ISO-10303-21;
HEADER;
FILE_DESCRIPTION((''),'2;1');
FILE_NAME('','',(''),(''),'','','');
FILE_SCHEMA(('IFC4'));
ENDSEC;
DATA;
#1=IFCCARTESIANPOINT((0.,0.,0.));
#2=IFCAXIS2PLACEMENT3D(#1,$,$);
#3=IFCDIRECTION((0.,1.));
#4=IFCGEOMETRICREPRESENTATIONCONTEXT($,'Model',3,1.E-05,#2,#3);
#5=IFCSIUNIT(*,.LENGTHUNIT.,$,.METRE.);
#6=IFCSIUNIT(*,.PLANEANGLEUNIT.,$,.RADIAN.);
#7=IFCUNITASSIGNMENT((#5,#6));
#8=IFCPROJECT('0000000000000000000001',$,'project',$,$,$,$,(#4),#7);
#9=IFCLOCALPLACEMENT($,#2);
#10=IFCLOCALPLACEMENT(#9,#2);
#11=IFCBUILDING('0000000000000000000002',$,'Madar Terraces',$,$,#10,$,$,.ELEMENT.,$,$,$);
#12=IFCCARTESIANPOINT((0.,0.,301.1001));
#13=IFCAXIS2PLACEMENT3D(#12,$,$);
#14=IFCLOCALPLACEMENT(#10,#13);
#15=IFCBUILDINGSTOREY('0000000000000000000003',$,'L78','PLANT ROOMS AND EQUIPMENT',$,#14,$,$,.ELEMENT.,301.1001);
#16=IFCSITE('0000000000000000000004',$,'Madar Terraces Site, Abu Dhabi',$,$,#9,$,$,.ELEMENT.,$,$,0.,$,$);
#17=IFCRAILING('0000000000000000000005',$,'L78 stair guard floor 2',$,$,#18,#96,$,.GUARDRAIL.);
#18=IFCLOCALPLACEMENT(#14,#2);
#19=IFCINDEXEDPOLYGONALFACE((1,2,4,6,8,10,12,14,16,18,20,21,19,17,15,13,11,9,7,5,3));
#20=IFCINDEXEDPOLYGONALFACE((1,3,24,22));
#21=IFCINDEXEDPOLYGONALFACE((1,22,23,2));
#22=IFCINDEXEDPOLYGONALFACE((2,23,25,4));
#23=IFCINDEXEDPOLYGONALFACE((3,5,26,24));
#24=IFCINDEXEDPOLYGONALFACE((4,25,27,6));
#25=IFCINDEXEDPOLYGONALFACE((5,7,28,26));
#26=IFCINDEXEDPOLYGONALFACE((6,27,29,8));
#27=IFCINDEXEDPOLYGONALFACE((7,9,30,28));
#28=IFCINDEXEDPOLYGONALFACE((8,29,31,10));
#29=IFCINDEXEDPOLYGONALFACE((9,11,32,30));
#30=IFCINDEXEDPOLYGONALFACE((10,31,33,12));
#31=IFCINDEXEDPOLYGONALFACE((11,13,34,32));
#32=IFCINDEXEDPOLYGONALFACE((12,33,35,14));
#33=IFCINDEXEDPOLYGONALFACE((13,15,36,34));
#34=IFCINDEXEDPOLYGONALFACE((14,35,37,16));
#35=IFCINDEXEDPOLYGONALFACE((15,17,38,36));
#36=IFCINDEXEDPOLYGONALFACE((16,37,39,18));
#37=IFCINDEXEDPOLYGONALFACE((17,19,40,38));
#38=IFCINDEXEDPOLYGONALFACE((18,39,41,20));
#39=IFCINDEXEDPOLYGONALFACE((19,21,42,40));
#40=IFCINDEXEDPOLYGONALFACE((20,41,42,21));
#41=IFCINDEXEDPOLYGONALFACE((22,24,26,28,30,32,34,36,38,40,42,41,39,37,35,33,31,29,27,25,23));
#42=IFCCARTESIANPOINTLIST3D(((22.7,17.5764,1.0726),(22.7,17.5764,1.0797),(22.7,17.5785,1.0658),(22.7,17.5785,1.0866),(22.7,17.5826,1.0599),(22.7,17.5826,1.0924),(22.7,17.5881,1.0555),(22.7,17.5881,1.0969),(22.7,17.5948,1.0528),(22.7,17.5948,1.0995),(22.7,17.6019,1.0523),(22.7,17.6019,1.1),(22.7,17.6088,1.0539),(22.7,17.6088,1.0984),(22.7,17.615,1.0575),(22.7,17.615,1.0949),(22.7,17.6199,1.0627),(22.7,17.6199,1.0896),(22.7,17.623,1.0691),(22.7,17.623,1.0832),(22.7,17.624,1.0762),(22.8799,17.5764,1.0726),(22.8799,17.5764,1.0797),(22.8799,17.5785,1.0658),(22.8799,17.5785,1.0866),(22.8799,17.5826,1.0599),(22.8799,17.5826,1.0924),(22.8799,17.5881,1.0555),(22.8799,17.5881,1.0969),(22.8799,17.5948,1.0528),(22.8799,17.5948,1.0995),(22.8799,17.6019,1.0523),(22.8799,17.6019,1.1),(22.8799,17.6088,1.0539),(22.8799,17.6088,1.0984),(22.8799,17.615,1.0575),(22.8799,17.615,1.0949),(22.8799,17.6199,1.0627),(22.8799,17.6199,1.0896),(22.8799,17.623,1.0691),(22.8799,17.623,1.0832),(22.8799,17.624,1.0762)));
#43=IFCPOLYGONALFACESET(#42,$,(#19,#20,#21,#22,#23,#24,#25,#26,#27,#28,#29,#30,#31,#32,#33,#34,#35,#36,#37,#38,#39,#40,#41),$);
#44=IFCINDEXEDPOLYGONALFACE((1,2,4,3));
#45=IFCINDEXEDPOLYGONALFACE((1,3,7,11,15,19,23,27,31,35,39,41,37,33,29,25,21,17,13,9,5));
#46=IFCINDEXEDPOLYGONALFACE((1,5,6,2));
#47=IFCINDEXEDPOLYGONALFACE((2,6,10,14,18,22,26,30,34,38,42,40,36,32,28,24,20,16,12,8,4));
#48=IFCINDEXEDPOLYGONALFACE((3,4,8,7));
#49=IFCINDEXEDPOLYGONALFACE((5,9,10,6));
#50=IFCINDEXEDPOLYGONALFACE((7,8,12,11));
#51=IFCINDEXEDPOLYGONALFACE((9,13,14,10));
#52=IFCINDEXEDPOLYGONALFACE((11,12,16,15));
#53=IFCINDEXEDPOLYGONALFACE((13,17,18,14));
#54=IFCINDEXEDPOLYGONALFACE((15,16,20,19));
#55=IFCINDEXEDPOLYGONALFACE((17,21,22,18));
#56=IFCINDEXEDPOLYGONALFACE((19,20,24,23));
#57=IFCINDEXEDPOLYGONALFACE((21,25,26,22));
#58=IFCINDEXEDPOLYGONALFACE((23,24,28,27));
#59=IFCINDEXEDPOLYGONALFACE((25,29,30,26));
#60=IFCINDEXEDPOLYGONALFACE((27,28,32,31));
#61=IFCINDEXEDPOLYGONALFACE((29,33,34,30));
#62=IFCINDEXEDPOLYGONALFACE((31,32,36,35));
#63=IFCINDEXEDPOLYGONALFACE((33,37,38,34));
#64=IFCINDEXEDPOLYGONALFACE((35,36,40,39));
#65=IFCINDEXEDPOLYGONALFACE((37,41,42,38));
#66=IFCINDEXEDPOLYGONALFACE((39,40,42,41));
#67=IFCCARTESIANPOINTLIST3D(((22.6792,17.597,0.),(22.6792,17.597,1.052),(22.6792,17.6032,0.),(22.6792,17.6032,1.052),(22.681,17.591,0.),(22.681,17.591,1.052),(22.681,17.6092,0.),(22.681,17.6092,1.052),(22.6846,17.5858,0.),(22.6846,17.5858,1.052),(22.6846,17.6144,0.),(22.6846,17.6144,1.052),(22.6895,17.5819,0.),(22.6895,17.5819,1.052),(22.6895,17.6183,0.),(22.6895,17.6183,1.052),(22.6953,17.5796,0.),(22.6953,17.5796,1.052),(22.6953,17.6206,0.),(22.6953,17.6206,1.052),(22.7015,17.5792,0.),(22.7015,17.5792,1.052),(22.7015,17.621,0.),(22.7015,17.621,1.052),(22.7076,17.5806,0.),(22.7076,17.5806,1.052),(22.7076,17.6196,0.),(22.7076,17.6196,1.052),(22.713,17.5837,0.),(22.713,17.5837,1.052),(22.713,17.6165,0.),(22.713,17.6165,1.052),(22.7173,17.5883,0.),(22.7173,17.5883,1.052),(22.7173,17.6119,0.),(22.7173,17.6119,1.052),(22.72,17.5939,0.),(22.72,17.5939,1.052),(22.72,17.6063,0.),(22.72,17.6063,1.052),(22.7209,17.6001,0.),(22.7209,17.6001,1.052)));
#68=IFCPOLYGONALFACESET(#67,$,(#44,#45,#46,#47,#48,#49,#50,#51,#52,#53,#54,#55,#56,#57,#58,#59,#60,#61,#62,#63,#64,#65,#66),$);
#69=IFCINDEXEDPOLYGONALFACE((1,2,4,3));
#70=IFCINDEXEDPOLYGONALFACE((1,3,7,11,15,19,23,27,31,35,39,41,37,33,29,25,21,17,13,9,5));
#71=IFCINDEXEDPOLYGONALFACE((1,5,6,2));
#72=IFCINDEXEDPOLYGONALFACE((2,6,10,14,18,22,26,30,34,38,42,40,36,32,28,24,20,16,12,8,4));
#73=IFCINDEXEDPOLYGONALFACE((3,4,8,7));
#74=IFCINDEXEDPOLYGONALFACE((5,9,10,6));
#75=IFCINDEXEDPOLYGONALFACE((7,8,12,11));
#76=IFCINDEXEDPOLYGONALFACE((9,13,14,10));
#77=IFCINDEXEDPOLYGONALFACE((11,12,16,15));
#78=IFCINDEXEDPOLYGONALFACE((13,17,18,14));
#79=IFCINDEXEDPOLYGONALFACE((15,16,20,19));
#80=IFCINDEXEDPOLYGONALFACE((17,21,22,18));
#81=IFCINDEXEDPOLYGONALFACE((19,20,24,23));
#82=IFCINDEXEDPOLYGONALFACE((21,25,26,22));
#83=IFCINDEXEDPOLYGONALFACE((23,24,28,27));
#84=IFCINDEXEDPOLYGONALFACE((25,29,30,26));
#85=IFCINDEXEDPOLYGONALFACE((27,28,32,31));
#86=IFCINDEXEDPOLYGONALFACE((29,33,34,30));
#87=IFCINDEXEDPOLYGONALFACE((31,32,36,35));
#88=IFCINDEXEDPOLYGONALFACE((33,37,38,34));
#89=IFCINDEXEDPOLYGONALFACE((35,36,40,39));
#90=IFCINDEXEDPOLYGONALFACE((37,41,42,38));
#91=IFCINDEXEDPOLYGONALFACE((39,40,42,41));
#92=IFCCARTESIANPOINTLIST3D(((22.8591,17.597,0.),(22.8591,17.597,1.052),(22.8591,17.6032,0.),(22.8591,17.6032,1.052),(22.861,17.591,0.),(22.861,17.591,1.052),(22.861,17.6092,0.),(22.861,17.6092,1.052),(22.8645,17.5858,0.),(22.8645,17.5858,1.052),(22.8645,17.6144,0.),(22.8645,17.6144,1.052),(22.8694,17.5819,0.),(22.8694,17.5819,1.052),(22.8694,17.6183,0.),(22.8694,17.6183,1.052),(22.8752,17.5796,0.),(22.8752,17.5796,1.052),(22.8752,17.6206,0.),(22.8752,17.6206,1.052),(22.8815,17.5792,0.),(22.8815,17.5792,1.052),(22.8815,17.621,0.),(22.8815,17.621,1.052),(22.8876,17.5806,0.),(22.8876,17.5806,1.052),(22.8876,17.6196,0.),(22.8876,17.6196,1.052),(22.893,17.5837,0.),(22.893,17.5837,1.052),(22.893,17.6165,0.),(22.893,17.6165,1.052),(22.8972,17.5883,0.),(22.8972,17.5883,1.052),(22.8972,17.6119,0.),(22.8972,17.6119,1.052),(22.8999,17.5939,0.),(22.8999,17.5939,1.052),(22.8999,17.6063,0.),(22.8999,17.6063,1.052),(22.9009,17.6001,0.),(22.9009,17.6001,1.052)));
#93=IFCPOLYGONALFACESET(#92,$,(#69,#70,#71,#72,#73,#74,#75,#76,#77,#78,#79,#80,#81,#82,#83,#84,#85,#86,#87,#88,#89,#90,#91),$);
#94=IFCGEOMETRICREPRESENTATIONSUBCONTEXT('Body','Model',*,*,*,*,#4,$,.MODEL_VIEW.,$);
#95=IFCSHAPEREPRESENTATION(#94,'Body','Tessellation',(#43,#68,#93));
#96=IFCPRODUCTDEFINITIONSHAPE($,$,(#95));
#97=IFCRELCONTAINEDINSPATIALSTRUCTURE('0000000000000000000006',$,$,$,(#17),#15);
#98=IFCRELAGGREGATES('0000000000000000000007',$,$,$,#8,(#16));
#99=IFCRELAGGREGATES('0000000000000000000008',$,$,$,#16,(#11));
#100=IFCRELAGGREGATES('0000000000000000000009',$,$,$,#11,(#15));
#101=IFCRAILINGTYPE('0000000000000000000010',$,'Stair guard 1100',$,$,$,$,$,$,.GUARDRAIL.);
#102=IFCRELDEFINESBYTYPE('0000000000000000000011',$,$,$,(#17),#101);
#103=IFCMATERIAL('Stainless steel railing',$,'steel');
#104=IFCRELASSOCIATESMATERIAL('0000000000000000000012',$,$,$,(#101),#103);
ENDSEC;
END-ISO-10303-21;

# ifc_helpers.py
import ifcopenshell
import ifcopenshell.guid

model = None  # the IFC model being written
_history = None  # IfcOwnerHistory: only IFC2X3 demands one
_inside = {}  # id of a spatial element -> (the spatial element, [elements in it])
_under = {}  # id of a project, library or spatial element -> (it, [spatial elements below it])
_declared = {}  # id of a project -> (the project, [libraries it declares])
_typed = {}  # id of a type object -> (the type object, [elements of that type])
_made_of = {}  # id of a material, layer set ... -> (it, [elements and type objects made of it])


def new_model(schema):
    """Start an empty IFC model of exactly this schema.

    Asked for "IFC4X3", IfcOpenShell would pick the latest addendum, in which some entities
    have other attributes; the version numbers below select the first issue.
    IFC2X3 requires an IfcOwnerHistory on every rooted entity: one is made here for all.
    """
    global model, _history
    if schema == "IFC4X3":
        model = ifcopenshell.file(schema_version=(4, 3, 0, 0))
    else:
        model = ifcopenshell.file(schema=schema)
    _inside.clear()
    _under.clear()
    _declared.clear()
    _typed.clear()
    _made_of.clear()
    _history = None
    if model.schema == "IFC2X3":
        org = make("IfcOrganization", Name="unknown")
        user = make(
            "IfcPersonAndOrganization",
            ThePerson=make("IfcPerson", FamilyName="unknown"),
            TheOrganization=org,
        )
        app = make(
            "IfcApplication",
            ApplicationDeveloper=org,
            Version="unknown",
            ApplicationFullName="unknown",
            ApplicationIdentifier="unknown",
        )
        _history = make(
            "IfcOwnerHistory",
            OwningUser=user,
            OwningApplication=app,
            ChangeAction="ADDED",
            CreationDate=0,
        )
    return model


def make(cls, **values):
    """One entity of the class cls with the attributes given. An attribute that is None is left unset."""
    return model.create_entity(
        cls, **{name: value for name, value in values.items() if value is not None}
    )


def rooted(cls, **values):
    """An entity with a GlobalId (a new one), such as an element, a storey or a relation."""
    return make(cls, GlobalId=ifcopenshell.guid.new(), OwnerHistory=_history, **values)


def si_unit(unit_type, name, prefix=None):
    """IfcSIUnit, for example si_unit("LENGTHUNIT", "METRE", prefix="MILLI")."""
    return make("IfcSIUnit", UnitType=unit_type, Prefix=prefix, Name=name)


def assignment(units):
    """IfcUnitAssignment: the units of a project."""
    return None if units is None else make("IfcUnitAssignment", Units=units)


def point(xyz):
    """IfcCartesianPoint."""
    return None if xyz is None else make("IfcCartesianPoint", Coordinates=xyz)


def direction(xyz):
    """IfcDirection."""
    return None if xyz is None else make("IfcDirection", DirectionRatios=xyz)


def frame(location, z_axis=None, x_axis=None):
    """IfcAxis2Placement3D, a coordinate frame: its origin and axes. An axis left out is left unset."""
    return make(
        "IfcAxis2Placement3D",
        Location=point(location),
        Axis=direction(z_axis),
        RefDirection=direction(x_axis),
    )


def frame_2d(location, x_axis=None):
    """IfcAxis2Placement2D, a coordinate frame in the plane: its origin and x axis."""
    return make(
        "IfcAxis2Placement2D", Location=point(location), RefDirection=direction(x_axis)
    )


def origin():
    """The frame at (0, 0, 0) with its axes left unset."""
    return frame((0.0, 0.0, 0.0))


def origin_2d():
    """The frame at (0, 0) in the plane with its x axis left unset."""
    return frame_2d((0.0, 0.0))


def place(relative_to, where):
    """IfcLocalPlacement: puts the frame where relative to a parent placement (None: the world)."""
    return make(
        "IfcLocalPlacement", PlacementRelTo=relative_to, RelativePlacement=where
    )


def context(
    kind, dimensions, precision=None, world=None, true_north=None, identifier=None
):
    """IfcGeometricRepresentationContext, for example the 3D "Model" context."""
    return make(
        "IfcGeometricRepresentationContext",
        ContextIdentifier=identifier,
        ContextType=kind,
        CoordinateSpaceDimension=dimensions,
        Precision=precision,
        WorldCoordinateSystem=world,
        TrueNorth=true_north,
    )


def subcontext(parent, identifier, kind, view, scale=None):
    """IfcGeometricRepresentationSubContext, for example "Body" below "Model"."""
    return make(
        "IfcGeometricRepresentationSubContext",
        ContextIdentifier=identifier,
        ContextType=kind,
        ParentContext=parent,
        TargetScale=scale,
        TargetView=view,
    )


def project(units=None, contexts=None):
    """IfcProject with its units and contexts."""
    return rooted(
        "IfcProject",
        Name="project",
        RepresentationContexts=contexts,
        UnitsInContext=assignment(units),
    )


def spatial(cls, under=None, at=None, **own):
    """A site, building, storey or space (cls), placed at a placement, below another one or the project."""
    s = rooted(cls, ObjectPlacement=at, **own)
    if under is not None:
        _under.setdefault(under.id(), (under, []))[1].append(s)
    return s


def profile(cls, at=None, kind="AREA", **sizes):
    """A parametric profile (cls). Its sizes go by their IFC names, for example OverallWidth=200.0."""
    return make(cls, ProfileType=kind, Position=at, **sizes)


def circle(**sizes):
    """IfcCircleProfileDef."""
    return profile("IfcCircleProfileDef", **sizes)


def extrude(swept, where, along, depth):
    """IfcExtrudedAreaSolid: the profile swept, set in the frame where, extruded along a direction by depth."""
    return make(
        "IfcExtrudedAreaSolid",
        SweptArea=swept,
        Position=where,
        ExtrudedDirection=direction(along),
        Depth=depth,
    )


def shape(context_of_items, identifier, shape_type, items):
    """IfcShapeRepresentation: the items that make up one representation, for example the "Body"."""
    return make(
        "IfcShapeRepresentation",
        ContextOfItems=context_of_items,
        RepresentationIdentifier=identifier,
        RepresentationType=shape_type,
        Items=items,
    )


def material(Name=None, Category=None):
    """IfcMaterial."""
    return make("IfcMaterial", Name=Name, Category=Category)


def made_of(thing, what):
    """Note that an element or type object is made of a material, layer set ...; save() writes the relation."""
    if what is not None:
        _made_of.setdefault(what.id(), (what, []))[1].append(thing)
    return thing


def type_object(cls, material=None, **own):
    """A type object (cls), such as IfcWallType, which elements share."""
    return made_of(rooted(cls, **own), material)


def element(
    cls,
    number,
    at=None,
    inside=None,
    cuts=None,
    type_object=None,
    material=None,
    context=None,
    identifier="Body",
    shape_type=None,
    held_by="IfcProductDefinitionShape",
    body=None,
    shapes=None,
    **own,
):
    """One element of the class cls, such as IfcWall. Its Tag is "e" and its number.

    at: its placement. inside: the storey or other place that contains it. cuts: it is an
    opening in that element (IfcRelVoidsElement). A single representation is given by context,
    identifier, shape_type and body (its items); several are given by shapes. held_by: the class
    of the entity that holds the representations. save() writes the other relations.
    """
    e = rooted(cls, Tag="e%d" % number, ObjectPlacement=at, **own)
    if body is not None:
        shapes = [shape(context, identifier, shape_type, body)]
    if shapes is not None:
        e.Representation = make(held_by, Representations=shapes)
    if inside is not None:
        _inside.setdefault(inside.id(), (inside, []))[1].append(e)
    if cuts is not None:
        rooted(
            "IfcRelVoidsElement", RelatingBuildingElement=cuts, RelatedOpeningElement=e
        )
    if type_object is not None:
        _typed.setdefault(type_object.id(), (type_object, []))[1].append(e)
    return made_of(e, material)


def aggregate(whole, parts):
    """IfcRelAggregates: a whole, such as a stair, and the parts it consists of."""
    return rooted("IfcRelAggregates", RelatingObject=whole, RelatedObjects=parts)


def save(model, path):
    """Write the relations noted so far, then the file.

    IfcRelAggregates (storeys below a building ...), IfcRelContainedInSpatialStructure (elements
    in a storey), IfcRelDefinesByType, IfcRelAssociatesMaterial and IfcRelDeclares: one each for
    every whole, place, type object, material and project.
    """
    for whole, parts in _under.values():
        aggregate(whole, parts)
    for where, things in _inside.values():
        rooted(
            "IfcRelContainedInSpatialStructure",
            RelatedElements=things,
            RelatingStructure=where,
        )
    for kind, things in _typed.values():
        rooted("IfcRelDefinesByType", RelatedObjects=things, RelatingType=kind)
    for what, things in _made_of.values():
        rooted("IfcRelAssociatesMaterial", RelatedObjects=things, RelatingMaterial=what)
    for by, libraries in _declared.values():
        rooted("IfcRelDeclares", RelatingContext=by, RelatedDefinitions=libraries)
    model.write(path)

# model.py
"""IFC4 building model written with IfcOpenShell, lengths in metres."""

from ifc_helpers import new_model, si_unit, direction, frame, origin, origin_2d, place, context, subcontext, project, spatial, circle, extrude, material, type_object, element, save


model = new_model("IFC4")

# Units and contexts
model_context = context("Model", 3, precision=1e-05, world=origin(), true_north=direction((0.0, 1.0)))
body_context = subcontext(model_context, "Body", "Model", "MODEL_VIEW")
ifc_project = project(units=[si_unit("LENGTHUNIT", "METRE"), si_unit("PLANEANGLEUNIT", "RADIAN")], contexts=[model_context])

# Site, building, storey
site_placement = place(None, origin())
site = spatial("IfcSite", under=ifc_project, at=site_placement, Name="Madar Terraces Site, Abu Dhabi", CompositionType="ELEMENT", RefElevation=0.0)
building_placement = place(site_placement, origin())
building = spatial("IfcBuilding", under=site, at=building_placement, Name="Madar Terraces", CompositionType="ELEMENT")
storey_placement = place(building_placement, frame((0.0, 0.0, 301.1001)))
storey = spatial("IfcBuildingStorey", under=building, at=storey_placement, Name="L78", Description="PLANT ROOMS AND EQUIPMENT", CompositionType="ELEMENT", Elevation=301.1001)

# Railing
ifc_material_1 = material(Name="Stainless steel railing", Category="steel")
railing_type_1 = type_object("IfcRailingType", Name="Stair guard 1100", PredefinedType="GUARDRAIL", material=ifc_material_1)
for number, where, name in (
    (1, (22.7, 17.6001, 0.0), "L78 stair guard floor 2"),
):
    element("IfcRailing", number, at=place(storey_placement, frame(where)), inside=storey, type_object=railing_type_1, Name=name, PredefinedType="GUARDRAIL", context=body_context, shape_type="SweptSolid", body=[
        extrude(circle(Radius=0.0239, at=origin_2d()), frame((0.0, 0.0, 1.0762), z_axis=(1.0, 0.0, 0.0), x_axis=(0.0, 1.0, 0.0)), (0.0, 0.0, 1.0), 0.1799),
        extrude(circle(Radius=0.021, at=origin_2d()), origin(), (0.0, 0.0, 1.0), 1.052),
        extrude(circle(Radius=0.021, at=origin_2d()), frame((0.1799, 0.0, 0.0)), (0.0, 0.0, 1.0), 1.052),
    ])

save(model, "model.ifc")
